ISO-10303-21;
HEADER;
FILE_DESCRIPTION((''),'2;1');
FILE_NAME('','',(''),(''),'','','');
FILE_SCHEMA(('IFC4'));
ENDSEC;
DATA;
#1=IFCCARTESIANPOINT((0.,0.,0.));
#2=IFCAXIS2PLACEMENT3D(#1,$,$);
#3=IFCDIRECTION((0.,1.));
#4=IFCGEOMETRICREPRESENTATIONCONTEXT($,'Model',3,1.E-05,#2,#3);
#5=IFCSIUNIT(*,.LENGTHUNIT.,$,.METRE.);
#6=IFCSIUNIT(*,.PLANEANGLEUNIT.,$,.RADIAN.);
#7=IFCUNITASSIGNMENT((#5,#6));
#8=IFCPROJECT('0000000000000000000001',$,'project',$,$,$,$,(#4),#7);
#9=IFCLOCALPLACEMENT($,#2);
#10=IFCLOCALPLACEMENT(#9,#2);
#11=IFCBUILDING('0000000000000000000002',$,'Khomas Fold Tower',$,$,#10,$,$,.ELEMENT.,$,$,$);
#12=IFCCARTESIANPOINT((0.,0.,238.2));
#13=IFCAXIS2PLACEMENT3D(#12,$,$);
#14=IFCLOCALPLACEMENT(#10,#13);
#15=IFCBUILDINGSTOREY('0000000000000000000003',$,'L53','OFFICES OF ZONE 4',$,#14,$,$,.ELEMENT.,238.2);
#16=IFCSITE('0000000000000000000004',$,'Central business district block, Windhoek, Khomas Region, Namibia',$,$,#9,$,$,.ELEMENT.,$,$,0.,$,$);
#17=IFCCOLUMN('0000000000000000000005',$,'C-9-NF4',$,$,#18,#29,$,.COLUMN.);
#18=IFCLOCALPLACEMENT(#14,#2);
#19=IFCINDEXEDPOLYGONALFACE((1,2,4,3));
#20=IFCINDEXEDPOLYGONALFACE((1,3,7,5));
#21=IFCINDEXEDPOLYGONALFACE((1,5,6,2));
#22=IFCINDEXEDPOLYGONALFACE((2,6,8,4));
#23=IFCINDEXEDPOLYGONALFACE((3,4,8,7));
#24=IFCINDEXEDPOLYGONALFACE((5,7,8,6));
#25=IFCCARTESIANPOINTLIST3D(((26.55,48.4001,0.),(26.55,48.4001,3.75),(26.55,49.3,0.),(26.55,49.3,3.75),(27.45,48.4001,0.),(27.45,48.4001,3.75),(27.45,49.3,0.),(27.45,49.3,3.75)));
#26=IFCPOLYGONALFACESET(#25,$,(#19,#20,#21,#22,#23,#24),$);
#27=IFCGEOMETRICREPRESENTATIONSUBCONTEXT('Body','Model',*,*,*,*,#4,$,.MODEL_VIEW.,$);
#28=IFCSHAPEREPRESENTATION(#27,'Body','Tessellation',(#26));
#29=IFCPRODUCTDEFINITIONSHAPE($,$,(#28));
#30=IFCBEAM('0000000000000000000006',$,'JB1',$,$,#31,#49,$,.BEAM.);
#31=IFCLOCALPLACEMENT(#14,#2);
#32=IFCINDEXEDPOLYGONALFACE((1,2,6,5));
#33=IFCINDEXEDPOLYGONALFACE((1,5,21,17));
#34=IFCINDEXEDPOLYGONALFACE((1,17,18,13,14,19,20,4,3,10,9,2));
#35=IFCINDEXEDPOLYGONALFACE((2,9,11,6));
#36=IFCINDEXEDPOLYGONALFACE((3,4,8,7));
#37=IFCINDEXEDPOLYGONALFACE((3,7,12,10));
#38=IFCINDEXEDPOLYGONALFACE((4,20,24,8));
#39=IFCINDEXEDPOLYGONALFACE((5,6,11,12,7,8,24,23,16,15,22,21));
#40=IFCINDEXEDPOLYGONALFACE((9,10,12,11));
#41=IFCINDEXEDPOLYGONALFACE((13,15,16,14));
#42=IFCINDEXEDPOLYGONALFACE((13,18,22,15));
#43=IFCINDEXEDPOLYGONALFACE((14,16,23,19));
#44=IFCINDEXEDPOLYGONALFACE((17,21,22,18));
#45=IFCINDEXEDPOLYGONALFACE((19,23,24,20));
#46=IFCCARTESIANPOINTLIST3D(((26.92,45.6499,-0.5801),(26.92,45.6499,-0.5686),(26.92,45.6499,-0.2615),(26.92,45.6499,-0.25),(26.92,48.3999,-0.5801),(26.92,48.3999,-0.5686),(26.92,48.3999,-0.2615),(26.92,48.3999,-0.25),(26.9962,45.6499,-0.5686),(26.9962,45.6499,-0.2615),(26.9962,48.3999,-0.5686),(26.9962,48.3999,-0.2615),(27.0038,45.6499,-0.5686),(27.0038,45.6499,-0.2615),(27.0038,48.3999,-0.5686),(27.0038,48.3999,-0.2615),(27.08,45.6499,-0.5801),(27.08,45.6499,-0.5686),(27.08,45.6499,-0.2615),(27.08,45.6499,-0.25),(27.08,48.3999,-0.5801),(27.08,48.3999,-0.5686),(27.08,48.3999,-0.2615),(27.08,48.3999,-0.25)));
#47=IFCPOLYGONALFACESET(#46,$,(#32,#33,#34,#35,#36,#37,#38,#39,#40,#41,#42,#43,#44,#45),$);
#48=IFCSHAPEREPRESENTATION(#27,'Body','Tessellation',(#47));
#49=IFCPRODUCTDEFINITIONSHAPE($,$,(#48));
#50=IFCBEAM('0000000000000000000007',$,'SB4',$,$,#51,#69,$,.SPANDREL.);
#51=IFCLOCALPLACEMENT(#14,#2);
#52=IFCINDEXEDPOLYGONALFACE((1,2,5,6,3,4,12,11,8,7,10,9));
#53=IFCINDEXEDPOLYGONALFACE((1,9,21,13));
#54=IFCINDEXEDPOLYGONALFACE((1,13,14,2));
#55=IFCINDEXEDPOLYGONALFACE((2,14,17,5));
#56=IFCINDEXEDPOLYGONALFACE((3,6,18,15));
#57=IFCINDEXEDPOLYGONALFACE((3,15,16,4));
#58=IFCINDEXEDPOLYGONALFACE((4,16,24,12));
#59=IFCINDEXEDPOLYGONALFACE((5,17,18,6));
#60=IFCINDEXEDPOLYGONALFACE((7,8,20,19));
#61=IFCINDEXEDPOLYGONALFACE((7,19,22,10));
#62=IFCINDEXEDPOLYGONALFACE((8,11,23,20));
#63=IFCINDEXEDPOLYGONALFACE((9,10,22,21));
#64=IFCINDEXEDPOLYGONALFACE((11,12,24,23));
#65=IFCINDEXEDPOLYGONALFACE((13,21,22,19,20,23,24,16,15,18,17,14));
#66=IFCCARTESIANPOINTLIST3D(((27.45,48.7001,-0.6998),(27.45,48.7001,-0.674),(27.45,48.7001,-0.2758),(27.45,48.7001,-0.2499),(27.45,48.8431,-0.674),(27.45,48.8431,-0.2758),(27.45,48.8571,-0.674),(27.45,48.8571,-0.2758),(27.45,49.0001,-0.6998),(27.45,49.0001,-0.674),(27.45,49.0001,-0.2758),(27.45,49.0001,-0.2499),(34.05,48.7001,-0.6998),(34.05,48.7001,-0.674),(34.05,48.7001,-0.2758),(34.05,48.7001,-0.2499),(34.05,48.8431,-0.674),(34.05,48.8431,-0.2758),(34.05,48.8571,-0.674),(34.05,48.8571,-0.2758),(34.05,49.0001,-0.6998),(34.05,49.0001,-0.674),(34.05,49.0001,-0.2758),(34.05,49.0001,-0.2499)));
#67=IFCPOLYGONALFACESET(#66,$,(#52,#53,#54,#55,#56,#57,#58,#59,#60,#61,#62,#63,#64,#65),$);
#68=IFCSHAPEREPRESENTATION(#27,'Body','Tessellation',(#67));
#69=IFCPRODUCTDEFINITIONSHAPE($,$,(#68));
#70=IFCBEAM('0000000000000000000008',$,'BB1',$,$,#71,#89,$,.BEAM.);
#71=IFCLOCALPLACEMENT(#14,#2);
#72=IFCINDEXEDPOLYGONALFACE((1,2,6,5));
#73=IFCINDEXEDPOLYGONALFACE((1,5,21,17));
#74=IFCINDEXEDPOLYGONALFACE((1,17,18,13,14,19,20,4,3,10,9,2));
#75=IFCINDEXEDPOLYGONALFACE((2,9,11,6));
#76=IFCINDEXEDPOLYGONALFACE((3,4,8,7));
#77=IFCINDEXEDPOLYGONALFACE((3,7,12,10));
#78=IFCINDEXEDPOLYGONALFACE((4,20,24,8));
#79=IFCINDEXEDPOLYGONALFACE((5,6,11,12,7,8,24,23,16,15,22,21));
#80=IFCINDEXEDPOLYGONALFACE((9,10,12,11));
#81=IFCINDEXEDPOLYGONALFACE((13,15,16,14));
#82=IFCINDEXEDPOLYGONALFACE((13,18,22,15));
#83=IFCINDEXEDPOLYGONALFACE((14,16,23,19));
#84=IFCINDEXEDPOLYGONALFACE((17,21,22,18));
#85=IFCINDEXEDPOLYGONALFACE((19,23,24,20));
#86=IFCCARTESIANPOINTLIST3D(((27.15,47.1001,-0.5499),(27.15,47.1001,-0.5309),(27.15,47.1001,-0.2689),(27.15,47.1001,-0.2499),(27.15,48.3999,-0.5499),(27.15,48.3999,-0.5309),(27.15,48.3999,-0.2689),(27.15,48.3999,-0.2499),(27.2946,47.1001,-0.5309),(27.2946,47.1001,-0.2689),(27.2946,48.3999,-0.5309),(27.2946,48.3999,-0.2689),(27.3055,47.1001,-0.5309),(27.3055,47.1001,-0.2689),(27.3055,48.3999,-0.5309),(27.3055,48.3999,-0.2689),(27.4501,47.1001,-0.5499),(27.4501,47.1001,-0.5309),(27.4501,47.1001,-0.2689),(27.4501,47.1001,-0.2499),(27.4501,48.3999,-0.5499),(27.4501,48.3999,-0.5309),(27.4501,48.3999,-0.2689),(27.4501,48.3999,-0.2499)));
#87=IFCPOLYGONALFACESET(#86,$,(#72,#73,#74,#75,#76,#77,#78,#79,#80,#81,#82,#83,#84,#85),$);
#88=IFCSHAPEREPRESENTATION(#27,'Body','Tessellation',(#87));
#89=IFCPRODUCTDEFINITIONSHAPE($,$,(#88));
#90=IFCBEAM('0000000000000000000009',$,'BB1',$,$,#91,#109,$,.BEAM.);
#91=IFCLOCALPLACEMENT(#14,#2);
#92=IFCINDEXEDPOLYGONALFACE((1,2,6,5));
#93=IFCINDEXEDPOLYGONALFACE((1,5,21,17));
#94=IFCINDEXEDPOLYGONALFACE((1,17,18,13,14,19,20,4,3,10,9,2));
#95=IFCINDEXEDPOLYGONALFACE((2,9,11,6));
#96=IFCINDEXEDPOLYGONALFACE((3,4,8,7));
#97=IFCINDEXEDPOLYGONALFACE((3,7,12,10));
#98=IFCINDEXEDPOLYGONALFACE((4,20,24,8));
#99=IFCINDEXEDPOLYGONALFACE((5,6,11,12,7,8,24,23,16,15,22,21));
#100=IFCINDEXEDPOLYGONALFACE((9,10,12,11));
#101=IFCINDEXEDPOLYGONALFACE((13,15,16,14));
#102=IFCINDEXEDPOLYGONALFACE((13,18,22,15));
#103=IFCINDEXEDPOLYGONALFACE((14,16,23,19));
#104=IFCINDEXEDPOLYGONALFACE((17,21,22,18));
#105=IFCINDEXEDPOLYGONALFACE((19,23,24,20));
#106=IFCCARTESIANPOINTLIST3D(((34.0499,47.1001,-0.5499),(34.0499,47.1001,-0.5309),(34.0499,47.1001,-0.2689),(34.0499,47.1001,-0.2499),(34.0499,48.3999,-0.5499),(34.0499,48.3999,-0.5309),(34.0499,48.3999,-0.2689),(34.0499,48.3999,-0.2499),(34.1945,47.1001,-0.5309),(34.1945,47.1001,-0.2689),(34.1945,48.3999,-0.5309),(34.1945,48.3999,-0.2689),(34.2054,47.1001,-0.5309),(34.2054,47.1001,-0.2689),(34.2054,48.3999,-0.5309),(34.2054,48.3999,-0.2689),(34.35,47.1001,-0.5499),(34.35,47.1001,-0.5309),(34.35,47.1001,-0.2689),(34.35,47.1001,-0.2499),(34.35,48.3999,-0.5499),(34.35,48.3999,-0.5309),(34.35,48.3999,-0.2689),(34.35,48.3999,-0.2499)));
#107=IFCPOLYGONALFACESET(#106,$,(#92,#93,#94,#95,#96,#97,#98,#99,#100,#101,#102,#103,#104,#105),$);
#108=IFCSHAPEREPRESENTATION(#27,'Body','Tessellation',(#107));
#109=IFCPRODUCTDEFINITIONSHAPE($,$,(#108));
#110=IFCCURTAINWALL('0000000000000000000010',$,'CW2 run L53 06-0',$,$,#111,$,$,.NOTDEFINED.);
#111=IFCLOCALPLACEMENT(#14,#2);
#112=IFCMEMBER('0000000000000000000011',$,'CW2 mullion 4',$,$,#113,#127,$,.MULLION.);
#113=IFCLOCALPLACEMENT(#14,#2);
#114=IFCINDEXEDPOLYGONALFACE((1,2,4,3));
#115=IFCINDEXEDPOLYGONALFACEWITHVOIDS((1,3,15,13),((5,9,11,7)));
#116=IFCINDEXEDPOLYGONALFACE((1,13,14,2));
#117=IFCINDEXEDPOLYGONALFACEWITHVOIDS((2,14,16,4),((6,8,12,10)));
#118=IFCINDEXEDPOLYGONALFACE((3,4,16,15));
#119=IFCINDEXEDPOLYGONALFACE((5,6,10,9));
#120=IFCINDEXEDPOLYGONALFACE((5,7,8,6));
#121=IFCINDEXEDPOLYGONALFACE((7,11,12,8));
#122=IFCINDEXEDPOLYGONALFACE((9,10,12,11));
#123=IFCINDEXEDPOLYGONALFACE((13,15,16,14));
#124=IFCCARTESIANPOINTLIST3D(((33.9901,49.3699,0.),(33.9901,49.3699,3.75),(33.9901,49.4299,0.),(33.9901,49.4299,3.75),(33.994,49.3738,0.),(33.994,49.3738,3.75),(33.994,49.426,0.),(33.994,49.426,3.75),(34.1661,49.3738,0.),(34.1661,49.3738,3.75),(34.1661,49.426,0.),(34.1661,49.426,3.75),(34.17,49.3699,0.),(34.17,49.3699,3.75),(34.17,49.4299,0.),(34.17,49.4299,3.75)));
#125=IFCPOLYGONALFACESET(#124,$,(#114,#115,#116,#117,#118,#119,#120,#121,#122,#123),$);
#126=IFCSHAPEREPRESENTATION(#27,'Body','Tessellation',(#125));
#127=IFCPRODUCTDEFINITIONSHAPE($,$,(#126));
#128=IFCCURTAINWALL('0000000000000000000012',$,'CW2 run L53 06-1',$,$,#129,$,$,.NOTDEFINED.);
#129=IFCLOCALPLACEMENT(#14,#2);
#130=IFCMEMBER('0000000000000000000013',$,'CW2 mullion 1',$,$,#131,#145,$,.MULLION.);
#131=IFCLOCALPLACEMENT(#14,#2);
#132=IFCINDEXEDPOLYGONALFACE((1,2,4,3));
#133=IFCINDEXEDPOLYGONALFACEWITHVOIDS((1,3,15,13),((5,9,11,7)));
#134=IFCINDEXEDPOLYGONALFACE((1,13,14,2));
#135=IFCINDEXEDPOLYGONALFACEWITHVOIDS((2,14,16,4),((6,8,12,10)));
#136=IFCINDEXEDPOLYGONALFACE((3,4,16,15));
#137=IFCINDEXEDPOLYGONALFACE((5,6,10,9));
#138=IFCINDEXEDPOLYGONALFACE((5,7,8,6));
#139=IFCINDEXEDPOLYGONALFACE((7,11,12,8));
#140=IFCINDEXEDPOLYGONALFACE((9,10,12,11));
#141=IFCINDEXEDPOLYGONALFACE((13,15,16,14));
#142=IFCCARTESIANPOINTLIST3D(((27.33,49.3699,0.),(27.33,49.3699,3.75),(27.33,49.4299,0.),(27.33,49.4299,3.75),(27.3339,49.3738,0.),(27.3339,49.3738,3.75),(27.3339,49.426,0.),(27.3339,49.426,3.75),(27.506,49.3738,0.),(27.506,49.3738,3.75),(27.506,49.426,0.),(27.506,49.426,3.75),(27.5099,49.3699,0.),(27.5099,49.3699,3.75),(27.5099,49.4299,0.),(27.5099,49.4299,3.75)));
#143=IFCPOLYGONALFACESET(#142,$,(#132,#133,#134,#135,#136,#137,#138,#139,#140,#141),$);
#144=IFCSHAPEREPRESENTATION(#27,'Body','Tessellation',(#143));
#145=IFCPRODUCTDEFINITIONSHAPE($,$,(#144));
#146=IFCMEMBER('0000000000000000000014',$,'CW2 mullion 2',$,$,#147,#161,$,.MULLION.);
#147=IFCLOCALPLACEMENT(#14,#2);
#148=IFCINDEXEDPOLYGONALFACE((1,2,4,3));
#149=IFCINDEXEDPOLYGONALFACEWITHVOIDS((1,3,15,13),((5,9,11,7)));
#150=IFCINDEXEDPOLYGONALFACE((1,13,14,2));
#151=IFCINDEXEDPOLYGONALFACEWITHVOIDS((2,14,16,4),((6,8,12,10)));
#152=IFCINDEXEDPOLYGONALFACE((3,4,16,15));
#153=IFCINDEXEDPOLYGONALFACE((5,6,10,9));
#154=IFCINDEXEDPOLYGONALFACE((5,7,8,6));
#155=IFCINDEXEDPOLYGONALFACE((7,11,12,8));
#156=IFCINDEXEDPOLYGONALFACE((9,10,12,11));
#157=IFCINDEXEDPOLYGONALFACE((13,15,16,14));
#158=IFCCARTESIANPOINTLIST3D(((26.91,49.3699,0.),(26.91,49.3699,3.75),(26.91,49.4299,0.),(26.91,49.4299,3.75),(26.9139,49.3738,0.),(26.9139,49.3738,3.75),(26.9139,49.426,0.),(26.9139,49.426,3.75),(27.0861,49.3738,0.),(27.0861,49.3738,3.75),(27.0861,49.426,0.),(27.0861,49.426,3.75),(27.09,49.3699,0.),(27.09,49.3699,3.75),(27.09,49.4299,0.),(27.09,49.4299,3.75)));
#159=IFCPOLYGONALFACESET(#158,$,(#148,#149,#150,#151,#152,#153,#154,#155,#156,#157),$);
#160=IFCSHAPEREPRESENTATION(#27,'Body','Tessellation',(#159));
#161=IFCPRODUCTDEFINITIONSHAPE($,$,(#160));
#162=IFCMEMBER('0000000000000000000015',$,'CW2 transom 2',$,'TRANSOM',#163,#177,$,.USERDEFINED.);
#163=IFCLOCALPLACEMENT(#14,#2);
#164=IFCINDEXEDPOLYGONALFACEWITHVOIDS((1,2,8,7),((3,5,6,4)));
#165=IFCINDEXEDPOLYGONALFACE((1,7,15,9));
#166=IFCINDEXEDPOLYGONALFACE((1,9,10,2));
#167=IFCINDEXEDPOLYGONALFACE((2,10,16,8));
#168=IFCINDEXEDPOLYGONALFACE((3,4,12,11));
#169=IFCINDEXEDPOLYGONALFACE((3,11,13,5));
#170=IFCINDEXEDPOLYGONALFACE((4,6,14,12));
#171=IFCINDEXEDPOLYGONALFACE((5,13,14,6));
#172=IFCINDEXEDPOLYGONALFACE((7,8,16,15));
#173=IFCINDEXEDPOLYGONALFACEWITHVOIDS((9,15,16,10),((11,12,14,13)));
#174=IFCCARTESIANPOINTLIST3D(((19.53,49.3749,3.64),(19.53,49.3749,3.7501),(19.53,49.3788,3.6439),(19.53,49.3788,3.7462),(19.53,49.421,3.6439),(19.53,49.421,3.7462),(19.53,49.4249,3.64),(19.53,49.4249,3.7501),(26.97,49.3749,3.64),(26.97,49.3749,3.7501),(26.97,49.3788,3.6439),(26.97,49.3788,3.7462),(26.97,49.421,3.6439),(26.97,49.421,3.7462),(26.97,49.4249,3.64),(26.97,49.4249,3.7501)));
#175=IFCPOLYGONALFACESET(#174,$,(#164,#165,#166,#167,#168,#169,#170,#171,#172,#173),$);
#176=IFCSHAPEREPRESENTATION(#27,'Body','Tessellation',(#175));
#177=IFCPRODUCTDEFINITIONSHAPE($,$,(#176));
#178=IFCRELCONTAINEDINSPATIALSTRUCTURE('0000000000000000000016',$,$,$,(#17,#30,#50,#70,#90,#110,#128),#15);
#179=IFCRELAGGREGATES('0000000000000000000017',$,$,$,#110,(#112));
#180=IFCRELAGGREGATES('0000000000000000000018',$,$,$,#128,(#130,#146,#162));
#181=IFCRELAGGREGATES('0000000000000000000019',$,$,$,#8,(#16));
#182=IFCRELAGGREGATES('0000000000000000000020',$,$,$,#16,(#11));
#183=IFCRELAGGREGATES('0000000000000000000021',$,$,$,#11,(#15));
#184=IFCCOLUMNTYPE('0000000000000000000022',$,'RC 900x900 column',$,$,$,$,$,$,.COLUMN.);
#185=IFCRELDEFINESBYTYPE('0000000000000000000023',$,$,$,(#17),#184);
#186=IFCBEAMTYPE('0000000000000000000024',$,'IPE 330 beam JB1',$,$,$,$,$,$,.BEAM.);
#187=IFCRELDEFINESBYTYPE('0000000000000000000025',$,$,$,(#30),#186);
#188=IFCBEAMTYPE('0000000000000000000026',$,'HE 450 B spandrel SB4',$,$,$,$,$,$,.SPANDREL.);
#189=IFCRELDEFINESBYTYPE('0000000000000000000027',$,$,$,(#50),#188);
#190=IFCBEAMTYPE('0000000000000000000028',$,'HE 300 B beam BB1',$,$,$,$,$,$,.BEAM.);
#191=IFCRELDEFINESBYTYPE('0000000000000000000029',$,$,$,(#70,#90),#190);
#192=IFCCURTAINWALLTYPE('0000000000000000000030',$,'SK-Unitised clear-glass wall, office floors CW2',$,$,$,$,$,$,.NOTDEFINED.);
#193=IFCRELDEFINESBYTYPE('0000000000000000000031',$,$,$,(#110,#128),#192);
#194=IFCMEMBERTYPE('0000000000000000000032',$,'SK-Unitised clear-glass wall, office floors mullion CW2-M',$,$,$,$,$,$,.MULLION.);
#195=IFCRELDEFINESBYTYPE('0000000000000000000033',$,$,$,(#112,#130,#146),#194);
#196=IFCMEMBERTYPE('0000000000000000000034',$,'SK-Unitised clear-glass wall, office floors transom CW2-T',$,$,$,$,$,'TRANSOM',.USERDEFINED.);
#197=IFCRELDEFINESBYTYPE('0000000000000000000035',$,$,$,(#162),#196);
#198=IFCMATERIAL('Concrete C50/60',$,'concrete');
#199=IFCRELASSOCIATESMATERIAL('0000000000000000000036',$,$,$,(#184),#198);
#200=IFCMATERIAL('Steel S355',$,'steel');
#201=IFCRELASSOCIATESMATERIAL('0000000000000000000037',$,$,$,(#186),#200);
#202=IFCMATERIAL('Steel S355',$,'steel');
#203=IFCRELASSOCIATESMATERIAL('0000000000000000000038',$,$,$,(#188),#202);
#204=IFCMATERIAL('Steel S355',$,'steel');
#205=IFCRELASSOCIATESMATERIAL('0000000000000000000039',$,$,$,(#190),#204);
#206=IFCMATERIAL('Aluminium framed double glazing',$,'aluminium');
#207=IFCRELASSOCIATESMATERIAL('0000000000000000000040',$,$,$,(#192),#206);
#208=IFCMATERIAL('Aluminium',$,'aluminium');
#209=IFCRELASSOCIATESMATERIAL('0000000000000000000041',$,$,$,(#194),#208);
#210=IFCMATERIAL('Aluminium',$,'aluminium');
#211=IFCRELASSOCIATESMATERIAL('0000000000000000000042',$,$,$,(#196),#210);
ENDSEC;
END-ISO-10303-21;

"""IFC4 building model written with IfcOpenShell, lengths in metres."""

from ifc_helpers import new_model, si_unit, direction, frame, origin, origin_2d, place, context, subcontext, project, spatial, rectangle, hollow_rectangle, i_section, extrude, source, transform, mapped, material, material_profile, profile_set, type_object, element, aggregate, save


model = new_model("IFC4")

# Units and contexts
model_context = context("Model", 3, precision=1e-05, world=origin(), true_north=direction((0.0, 1.0)))
body_context = subcontext(model_context, "Body", "Model", "MODEL_VIEW")
ifc_project = project(units=[si_unit("LENGTHUNIT", "METRE"), si_unit("PLANEANGLEUNIT", "RADIAN")], contexts=[model_context])

# Site, building, storey
site_placement = place(None, origin())
site = spatial("IfcSite", under=ifc_project, at=site_placement, Name="Central business district block, Windhoek, Khomas Region, Namibia", CompositionType="ELEMENT", RefElevation=0.0)
building_placement = place(site_placement, origin())
building = spatial("IfcBuilding", under=site, at=building_placement, Name="Khomas Fold Tower", CompositionType="ELEMENT")
storey_placement = place(building_placement, frame((0.0, 0.0, 238.2)))
storey = spatial("IfcBuildingStorey", under=building, at=storey_placement, Name="L53", Description="OFFICES OF ZONE 4", CompositionType="ELEMENT", Elevation=238.2)

# Column
ifc_material_1 = material(Name="Concrete C50/60", Category="concrete")
ifc_material_profile_1 = material_profile(ifc_material_1, rectangle(XDim=0.8999, YDim=0.8999, at=origin_2d()), Name="RC 900x900")
ifc_profile_set_1 = profile_set([ifc_material_profile_1], Name="Concrete C50/60")
column_type = type_object("IfcColumnType", Name="RC 900x900 column", PredefinedType="COLUMN", material=ifc_profile_set_1)
shared_shape_1 = source(origin(), body_context, "Body", "SweptSolid", [
    extrude(rectangle(XDim=0.8999, YDim=0.8999, at=origin_2d()), origin(), (0.0, 0.0, 1.0), 3.75),
])
column_placement = place(storey_placement, frame((27.0, 48.8501, 0.0), z_axis=(0.0, 0.0, 1.0), x_axis=(1.0, 0.0, 0.0)))
element("IfcColumn", 1, at=column_placement, inside=storey, type_object=column_type, Name="C-9-NF4", PredefinedType="COLUMN", context=body_context, shape_type="MappedRepresentation", body=[
    mapped(shared_shape_1, transform((0.0, 0.0, 0.0))),
])

# Beams
ifc_material_2 = material(Name="Steel S355", Category="steel")
ifc_material_profile_2 = material_profile(ifc_material_2, i_section(OverallWidth=0.1599, OverallDepth=0.3301, WebThickness=0.0076, FlangeThickness=0.0115, at=origin_2d()), Name="IPE 330")
ifc_profile_set_2 = profile_set([ifc_material_profile_2], Name="Steel S355")
beam_type_1 = type_object("IfcBeamType", Name="IPE 330 beam JB1", PredefinedType="BEAM", material=ifc_profile_set_2)
shared_shape_2 = source(origin(), body_context, "Body", "SweptSolid", [
    extrude(i_section(OverallWidth=0.1599, OverallDepth=0.3301, WebThickness=0.0076, FlangeThickness=0.0115, at=origin_2d()), origin(), (0.0, 0.0, 1.0), 2.75),
])
beam_1_placement = place(storey_placement, frame((27.0, 45.6499, -0.415), z_axis=(0.0, 1.0, 0.0), x_axis=(-1.0, 0.0, 0.0)))
element("IfcBeam", 2, at=beam_1_placement, inside=storey, type_object=beam_type_1, Name="JB1", PredefinedType="BEAM", context=body_context, shape_type="MappedRepresentation", body=[
    mapped(shared_shape_2, transform((0.0, 0.0, 0.0))),
])
ifc_material_3 = material(Name="Steel S355", Category="steel")
ifc_material_profile_3 = material_profile(ifc_material_3, i_section(OverallWidth=0.3, OverallDepth=0.45, WebThickness=0.0139, FlangeThickness=0.0259, at=origin_2d()), Name="HE 450 B")
ifc_profile_set_3 = profile_set([ifc_material_profile_3], Name="Steel S355")
beam_type_2 = type_object("IfcBeamType", Name="HE 450 B spandrel SB4", PredefinedType="SPANDREL", material=ifc_profile_set_3)
shared_shape_3 = source(origin(), body_context, "Body", "SweptSolid", [
    extrude(i_section(OverallWidth=0.3, OverallDepth=0.45, WebThickness=0.0139, FlangeThickness=0.0259, at=origin_2d()), origin(), (0.0, 0.0, 1.0), 6.6001),
])
beam_2_placement = place(storey_placement, frame((27.45, 48.8501, -0.4749), z_axis=(1.0, 0.0, 0.0), x_axis=(0.0, 1.0, 0.0)))
element("IfcBeam", 3, at=beam_2_placement, inside=storey, type_object=beam_type_2, Name="SB4", PredefinedType="SPANDREL", context=body_context, shape_type="MappedRepresentation", body=[
    mapped(shared_shape_3, transform((0.0, 0.0, 0.0))),
])
ifc_material_4 = material(Name="Steel S355", Category="steel")
ifc_material_profile_4 = material_profile(ifc_material_4, i_section(OverallWidth=0.3, OverallDepth=0.3, WebThickness=0.011, FlangeThickness=0.019, at=origin_2d()), Name="HE 300 B")
ifc_profile_set_4 = profile_set([ifc_material_profile_4], Name="Steel S355")
beam_type_3 = type_object("IfcBeamType", Name="HE 300 B beam BB1", PredefinedType="BEAM", material=ifc_profile_set_4)
shared_shape_4 = source(origin(), body_context, "Body", "SweptSolid", [
    extrude(i_section(OverallWidth=0.3, OverallDepth=0.3, WebThickness=0.011, FlangeThickness=0.019, at=origin_2d()), origin(), (0.0, 0.0, 1.0), 1.2998),
])
for number, where, z_axis, x_axis, name in (
    (4, (27.3, 47.1001, -0.3999), (0.0, 1.0, 0.0), (-1.0, 0.0, 0.0), "BB1"),
    (5, (34.2, 47.1001, -0.3999), (0.0, 1.0, 0.0), (-1.0, 0.0, 0.0), "BB1"),
):
    element("IfcBeam", number, at=place(storey_placement, frame(where, z_axis=z_axis, x_axis=x_axis)), inside=storey, type_object=beam_type_3, Name=name, PredefinedType="BEAM", context=body_context, shape_type="MappedRepresentation", body=[
        mapped(shared_shape_4, transform((0.0, 0.0, 0.0))),
    ])

# Curtain wall, member
ifc_material_5 = material(Name="Aluminium framed double glazing", Category="aluminium")
curtain_wall_type = type_object("IfcCurtainWallType", Name="SK-Unitised clear-glass wall, office floors CW2", PredefinedType="NOTDEFINED", material=ifc_material_5)
curtain_wall_1_placement = place(storey_placement, origin())
curtain_wall_1 = element("IfcCurtainWall", 6, at=curtain_wall_1_placement, inside=storey, type_object=curtain_wall_type, Name="CW2 run L53 06-0", PredefinedType="NOTDEFINED")
ifc_material_6 = material(Name="Aluminium", Category="aluminium")
ifc_material_profile_5 = material_profile(ifc_material_6, hollow_rectangle(XDim=0.0601, YDim=0.1799, WallThickness=0.0039, at=origin_2d()), Name="SK-Unitised clear-glass wall, office floors mullion CW2-M")
ifc_profile_set_5 = profile_set([ifc_material_profile_5], Name="Aluminium")
member_type_1 = type_object("IfcMemberType", Name="SK-Unitised clear-glass wall, office floors mullion CW2-M", PredefinedType="MULLION", material=ifc_profile_set_5)
shared_shape_5 = source(origin(), body_context, "Body", "SweptSolid", [
    extrude(hollow_rectangle(XDim=0.0601, YDim=0.1799, WallThickness=0.0039, at=origin_2d()), origin(), (0.0, 0.0, 1.0), 3.75),
])
member_1_placement = place(storey_placement, frame((34.0801, 49.3999, 0.0), z_axis=(0.0, 0.0, 1.0), x_axis=(0.0, -1.0, 0.0)))
member_1 = element("IfcMember", 7, at=member_1_placement, type_object=member_type_1, Name="CW2 mullion 4", PredefinedType="MULLION", context=body_context, shape_type="MappedRepresentation", body=[
    mapped(shared_shape_5, transform((0.0, 0.0, 0.0))),
])

# Curtain wall, members
curtain_wall_2_placement = place(storey_placement, origin())
curtain_wall_2 = element("IfcCurtainWall", 8, at=curtain_wall_2_placement, inside=storey, type_object=curtain_wall_type, Name="CW2 run L53 06-1", PredefinedType="NOTDEFINED")
member_2_placement = place(storey_placement, frame((27.4199, 49.3999, 0.0), z_axis=(0.0, 0.0, 1.0), x_axis=(0.0, -1.0, 0.0)))
member_2 = element("IfcMember", 9, at=member_2_placement, type_object=member_type_1, Name="CW2 mullion 1", PredefinedType="MULLION", context=body_context, shape_type="MappedRepresentation", body=[
    mapped(shared_shape_5, transform((0.0, 0.0, 0.0))),
])
member_3_placement = place(storey_placement, frame((27.0, 49.3999, 0.0), z_axis=(0.0, 0.0, 1.0), x_axis=(0.0, -1.0, 0.0)))
member_3 = element("IfcMember", 10, at=member_3_placement, type_object=member_type_1, Name="CW2 mullion 2", PredefinedType="MULLION", context=body_context, shape_type="MappedRepresentation", body=[
    mapped(shared_shape_5, transform((0.0, 0.0, 0.0))),
])
ifc_material_7 = material(Name="Aluminium", Category="aluminium")
ifc_material_profile_6 = material_profile(ifc_material_7, hollow_rectangle(XDim=0.05, YDim=0.1101, WallThickness=0.0039, at=origin_2d()), Name="SK-Unitised clear-glass wall, office floors transom CW2-T")
ifc_profile_set_6 = profile_set([ifc_material_profile_6], Name="Aluminium")
member_type_2 = type_object("IfcMemberType", Name="SK-Unitised clear-glass wall, office floors transom CW2-T", ElementType="TRANSOM", PredefinedType="USERDEFINED", material=ifc_profile_set_6)
shared_shape_6 = source(origin(), body_context, "Body", "SweptSolid", [
    extrude(hollow_rectangle(XDim=0.05, YDim=0.1101, WallThickness=0.0039, at=origin_2d()), origin(), (0.0, 0.0, 1.0), 7.4399),
])
member_4_placement = place(storey_placement, frame((26.97, 49.3999, 3.6951), z_axis=(-1.0, 0.0, 0.0), x_axis=(0.0, -1.0, 0.0)))
member_4 = element("IfcMember", 11, at=member_4_placement, type_object=member_type_2, Name="CW2 transom 2", ObjectType="TRANSOM", PredefinedType="USERDEFINED", context=body_context, shape_type="MappedRepresentation", body=[
    mapped(shared_shape_6, transform((0.0, 0.0, 0.0))),
])

aggregate(curtain_wall_1, [member_1])
aggregate(curtain_wall_2, [member_2, member_3, member_4])

save(model, "model.ifc")
